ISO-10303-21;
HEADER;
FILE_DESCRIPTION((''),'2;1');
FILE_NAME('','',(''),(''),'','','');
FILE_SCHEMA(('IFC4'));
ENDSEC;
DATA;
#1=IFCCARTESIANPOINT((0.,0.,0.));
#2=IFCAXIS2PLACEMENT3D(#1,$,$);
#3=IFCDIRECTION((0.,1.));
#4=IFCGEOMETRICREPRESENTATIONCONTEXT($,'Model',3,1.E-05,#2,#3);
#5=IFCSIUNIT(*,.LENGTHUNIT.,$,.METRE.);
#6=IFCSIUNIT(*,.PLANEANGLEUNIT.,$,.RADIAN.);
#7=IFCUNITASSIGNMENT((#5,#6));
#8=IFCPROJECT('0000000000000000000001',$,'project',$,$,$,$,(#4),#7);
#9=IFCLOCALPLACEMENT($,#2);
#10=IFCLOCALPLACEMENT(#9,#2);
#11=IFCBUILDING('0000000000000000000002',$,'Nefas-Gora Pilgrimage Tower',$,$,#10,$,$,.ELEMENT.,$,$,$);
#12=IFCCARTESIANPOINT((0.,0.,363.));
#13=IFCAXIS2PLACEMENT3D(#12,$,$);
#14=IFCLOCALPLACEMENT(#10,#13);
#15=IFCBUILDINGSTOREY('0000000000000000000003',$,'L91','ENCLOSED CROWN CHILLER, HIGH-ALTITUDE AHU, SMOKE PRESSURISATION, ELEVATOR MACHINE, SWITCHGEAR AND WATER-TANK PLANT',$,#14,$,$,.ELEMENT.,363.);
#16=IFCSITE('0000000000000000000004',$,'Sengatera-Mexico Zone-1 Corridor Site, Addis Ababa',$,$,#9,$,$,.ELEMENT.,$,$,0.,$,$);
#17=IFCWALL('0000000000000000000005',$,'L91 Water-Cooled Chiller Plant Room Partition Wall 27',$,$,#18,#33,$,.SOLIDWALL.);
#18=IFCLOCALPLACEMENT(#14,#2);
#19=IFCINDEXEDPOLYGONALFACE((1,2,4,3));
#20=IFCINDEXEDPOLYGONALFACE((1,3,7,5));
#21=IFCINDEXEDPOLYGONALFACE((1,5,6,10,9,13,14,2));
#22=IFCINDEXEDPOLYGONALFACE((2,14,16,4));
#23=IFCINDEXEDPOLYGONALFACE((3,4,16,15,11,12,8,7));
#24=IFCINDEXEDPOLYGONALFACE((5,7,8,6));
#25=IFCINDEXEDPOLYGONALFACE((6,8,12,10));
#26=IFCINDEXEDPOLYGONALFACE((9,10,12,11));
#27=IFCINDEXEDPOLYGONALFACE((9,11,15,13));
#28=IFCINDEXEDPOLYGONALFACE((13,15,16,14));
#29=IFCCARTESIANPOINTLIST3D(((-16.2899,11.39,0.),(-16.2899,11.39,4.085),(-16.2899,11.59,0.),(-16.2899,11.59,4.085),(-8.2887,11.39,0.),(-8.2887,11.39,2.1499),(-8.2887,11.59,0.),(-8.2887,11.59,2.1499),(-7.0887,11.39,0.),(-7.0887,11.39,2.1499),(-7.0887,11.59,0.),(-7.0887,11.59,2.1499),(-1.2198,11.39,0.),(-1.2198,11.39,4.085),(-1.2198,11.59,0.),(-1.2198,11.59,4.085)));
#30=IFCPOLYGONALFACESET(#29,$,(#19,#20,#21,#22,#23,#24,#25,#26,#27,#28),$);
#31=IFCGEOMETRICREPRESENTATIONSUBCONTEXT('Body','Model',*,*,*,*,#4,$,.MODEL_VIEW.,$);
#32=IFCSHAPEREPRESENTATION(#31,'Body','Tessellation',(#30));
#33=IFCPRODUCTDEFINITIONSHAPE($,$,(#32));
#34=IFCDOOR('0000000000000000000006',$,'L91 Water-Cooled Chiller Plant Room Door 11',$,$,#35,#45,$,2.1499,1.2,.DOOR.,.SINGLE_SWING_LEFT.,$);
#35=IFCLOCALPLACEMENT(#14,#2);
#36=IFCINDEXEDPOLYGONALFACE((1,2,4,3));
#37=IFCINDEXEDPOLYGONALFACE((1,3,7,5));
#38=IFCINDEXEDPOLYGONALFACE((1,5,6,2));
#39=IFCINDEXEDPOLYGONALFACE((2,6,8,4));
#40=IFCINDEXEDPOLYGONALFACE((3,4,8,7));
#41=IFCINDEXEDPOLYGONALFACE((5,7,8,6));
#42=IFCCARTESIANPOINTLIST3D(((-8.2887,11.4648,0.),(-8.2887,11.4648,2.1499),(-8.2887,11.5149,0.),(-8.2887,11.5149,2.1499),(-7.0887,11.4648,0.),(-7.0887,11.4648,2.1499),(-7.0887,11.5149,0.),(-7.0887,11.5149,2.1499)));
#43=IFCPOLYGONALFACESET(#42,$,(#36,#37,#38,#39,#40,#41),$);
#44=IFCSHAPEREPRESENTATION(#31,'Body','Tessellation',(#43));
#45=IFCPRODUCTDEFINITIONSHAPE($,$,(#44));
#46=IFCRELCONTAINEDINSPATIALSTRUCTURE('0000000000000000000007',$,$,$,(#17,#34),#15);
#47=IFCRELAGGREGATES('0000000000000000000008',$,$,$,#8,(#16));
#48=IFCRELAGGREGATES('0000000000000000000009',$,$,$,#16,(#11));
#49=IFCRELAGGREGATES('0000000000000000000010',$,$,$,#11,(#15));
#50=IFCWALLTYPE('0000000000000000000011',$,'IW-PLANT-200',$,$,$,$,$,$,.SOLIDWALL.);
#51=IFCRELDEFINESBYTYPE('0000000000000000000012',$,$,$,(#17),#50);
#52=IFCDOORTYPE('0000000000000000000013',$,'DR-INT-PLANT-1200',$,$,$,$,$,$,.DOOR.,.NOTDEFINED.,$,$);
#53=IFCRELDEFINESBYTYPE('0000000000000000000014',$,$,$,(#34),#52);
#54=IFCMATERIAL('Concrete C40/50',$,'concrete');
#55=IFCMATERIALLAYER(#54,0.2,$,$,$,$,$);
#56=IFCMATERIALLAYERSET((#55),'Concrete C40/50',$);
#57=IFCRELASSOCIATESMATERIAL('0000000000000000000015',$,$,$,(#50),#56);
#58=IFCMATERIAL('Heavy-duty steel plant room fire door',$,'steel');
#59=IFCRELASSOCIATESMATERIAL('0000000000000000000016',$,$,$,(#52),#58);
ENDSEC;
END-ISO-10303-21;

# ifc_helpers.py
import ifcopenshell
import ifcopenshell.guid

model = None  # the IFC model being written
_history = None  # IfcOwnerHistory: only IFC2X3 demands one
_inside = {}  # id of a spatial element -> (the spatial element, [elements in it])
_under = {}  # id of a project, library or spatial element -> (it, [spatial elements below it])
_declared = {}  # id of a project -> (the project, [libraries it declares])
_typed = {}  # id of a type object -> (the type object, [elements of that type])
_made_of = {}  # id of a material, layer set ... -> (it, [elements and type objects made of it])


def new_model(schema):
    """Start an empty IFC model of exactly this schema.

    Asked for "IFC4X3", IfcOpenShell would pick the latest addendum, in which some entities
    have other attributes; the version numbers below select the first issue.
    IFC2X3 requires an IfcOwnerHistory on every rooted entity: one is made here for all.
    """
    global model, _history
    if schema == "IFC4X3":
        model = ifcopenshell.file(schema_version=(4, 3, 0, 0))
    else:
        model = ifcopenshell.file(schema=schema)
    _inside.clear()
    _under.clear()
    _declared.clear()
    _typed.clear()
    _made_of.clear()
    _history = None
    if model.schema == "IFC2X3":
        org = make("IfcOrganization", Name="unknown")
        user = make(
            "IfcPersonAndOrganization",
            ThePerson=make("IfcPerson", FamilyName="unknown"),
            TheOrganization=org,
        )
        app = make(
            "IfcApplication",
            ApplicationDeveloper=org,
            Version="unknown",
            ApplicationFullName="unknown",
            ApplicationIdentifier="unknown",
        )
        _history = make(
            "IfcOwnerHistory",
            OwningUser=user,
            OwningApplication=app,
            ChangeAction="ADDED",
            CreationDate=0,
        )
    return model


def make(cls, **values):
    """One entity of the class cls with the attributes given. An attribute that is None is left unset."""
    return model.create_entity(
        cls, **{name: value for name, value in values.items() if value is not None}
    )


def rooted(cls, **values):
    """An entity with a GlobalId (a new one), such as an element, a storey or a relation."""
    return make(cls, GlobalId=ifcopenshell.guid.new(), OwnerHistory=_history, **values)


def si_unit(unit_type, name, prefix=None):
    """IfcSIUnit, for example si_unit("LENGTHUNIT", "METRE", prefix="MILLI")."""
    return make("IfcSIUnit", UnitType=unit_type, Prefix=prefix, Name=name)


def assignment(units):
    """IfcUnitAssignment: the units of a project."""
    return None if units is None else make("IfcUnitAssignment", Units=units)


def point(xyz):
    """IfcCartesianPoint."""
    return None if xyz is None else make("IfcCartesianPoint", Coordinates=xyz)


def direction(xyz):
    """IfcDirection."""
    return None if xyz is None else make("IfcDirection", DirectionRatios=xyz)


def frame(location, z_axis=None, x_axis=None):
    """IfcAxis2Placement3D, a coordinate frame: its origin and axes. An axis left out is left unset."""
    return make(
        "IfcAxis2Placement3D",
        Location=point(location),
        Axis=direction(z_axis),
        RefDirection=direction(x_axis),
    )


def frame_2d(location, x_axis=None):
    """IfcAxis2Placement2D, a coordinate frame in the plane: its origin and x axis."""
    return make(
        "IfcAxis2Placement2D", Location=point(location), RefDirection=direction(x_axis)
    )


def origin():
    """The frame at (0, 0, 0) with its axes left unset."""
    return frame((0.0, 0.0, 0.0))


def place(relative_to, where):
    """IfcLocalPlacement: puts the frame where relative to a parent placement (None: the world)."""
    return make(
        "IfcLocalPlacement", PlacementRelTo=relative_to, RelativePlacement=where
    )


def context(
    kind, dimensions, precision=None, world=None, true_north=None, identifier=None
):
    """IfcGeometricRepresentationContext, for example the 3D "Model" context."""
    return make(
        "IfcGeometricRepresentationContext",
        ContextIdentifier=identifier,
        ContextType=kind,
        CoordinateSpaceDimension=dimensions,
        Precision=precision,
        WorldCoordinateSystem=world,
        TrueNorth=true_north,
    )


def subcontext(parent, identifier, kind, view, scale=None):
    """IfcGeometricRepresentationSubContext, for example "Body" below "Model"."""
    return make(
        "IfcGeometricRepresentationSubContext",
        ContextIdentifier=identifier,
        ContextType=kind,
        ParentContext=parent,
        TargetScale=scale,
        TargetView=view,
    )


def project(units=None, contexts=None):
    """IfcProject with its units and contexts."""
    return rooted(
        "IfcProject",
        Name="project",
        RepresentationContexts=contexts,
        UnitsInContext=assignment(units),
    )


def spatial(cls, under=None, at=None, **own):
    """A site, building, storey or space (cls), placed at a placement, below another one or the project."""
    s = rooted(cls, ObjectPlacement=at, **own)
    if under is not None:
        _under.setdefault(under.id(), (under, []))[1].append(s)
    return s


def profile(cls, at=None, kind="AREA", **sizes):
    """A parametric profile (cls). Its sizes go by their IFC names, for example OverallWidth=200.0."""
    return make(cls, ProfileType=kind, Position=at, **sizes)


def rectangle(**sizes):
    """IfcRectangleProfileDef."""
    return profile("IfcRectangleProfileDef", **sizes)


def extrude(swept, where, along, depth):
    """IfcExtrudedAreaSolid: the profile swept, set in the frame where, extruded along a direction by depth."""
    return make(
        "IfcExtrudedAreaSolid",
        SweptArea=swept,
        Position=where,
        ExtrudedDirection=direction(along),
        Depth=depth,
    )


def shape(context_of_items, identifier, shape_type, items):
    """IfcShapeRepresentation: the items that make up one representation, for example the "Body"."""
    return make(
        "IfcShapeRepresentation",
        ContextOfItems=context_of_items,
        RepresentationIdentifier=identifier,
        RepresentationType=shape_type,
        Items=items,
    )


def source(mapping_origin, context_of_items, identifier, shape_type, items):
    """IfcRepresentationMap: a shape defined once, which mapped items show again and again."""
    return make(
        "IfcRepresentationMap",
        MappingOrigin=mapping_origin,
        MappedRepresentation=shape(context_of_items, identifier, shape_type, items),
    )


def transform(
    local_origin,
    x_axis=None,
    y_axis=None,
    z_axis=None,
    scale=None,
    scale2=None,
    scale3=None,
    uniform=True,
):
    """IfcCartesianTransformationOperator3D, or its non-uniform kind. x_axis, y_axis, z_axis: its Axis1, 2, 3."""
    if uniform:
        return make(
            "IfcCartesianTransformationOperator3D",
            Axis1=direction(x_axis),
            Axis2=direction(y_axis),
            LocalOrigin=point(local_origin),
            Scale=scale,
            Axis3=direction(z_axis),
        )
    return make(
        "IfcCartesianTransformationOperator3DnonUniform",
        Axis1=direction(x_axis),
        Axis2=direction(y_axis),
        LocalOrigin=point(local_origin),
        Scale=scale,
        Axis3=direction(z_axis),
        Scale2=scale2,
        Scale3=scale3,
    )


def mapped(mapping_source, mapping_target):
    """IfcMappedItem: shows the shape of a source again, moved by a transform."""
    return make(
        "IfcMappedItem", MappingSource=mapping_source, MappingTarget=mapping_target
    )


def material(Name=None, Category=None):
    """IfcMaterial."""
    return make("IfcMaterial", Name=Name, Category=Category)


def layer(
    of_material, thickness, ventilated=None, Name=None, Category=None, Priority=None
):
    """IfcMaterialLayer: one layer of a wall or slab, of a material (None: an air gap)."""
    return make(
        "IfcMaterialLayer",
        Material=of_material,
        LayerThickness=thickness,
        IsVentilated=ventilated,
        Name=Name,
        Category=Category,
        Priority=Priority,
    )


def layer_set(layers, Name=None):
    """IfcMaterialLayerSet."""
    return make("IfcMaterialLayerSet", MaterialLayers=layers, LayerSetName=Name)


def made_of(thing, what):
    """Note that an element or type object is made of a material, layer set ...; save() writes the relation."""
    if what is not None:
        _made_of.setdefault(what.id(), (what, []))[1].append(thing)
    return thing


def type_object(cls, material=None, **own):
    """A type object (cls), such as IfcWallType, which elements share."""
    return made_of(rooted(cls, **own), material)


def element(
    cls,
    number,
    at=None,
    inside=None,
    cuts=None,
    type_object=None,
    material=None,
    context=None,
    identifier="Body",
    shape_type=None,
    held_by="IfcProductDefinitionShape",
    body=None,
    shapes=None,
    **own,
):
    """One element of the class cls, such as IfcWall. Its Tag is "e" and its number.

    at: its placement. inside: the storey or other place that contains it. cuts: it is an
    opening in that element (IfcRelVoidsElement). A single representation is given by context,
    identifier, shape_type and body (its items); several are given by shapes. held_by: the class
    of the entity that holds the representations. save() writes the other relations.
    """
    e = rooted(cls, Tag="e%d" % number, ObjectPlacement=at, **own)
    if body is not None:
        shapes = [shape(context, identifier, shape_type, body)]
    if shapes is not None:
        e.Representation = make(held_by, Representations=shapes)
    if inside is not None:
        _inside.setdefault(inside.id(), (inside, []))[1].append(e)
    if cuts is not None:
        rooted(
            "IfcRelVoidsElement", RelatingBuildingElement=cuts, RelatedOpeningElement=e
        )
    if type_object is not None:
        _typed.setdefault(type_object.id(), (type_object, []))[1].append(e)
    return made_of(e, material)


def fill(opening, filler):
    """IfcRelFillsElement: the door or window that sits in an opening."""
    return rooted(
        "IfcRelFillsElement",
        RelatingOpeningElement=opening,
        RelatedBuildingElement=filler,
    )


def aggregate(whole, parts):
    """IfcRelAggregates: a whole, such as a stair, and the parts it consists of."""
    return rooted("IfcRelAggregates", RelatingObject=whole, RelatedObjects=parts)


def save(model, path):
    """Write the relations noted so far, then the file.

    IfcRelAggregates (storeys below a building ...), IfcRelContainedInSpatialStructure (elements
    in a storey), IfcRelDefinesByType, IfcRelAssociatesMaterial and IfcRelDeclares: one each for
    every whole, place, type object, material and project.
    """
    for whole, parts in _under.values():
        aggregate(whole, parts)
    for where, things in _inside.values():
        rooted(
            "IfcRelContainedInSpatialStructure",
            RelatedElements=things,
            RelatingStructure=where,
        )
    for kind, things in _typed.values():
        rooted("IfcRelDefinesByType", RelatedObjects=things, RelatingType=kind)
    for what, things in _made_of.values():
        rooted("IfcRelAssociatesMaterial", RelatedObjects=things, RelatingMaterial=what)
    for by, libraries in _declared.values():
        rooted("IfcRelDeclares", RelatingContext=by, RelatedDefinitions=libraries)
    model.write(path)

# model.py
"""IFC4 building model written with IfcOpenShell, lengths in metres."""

from ifc_helpers import new_model, si_unit, direction, frame, frame_2d, origin, place, context, subcontext, project, spatial, rectangle, extrude, source, transform, mapped, material, layer, layer_set, type_object, element, fill, save


model = new_model("IFC4")

# Units and contexts
model_context = context("Model", 3, precision=1e-05, world=origin(), true_north=direction((0.0, 1.0)))
body_context = subcontext(model_context, "Body", "Model", "MODEL_VIEW")
ifc_project = project(units=[si_unit("LENGTHUNIT", "METRE"), si_unit("PLANEANGLEUNIT", "RADIAN")], contexts=[model_context])

# Site, building, storey
site_placement = place(None, origin())
site = spatial("IfcSite", under=ifc_project, at=site_placement, Name="Sengatera-Mexico Zone-1 Corridor Site, Addis Ababa", CompositionType="ELEMENT", RefElevation=0.0)
building_placement = place(site_placement, origin())
building = spatial("IfcBuilding", under=site, at=building_placement, Name="Nefas-Gora Pilgrimage Tower", CompositionType="ELEMENT")
storey_placement = place(building_placement, frame((0.0, 0.0, 363.0)))
storey = spatial("IfcBuildingStorey", under=building, at=storey_placement, Name="L91", Description="ENCLOSED CROWN CHILLER, HIGH-ALTITUDE AHU, SMOKE PRESSURISATION, ELEVATOR MACHINE, SWITCHGEAR AND WATER-TANK PLANT", CompositionType="ELEMENT", Elevation=363.0)

# Wall, opening, door
ifc_material_1 = material(Name="Concrete C40/50", Category="concrete")
ifc_layer_1 = layer(ifc_material_1, 0.2)
ifc_layer_set_1 = layer_set([ifc_layer_1], Name="Concrete C40/50")
wall_type_1 = type_object("IfcWallType", Name="IW-PLANT-200", PredefinedType="SOLIDWALL", material=ifc_layer_set_1)
shared_shape_1 = source(origin(), body_context, "Body", "SweptSolid", [
    extrude(rectangle(XDim=15.0701, YDim=0.2, at=frame_2d((7.5352, 0.0))), origin(), (0.0, 0.0, 1.0), 4.085),
])
wall_1_placement = place(storey_placement, frame((-16.29, 11.49, 0.0), z_axis=(0.0, 0.0, 1.0), x_axis=(1.0, 0.0, 0.0)))
wall_1 = element("IfcWall", 1, at=wall_1_placement, inside=storey, type_object=wall_type_1, Name="L91 Water-Cooled Chiller Plant Room Partition Wall 27", PredefinedType="SOLIDWALL", context=body_context, shape_type="MappedRepresentation", body=[
    mapped(shared_shape_1, transform((0.0, 0.0, 0.0), x_axis=(1.0, 0.0, 0.0), y_axis=(0.0, 1.0, 0.0), z_axis=(0.0, 0.0, 1.0), scale=1.0)),
])
opening_placement = place(wall_1_placement, frame((8.0012, 0.0, 0.0)))
opening = element("IfcOpeningElement", 2, at=opening_placement, cuts=wall_1, PredefinedType="OPENING", context=body_context, shape_type="SweptSolid", body=[
    extrude(rectangle(XDim=1.2, YDim=2.1499, at=frame_2d((0.6001, 1.075))), frame((0.0, 0.1099, 0.0), z_axis=(0.0, -1.0, 0.0), x_axis=(1.0, 0.0, 0.0)), (0.0, 0.0, 1.0), 0.22),
])
ifc_material_2 = material(Name="Heavy-duty steel plant room fire door", Category="steel")
door_type = type_object("IfcDoorType", Name="DR-INT-PLANT-1200", OperationType="NOTDEFINED", PredefinedType="DOOR", material=ifc_material_2)
shared_shape_2 = source(origin(), body_context, "Body", "SweptSolid", [
    extrude(rectangle(XDim=1.2, YDim=2.1499, at=frame_2d((0.6001, 1.075))), frame((0.0, 0.0249, 0.0), z_axis=(0.0, -1.0, 0.0), x_axis=(1.0, 0.0, 0.0)), (0.0, 0.0, 1.0), 0.05),
])
door_placement = place(opening_placement, origin())
door = element("IfcDoor", 3, at=door_placement, inside=storey, type_object=door_type, Name="L91 Water-Cooled Chiller Plant Room Door 11", OperationType="SINGLE_SWING_LEFT", OverallHeight=2.1499, OverallWidth=1.2, PredefinedType="DOOR", context=body_context, shape_type="MappedRepresentation", body=[
    mapped(shared_shape_2, transform((0.0, 0.0, 0.0), x_axis=(1.0, 0.0, 0.0), y_axis=(0.0, 1.0, 0.0), z_axis=(0.0, 0.0, 1.0), scale=1.0)),
])
fill(opening, door)

save(model, "model.ifc")
